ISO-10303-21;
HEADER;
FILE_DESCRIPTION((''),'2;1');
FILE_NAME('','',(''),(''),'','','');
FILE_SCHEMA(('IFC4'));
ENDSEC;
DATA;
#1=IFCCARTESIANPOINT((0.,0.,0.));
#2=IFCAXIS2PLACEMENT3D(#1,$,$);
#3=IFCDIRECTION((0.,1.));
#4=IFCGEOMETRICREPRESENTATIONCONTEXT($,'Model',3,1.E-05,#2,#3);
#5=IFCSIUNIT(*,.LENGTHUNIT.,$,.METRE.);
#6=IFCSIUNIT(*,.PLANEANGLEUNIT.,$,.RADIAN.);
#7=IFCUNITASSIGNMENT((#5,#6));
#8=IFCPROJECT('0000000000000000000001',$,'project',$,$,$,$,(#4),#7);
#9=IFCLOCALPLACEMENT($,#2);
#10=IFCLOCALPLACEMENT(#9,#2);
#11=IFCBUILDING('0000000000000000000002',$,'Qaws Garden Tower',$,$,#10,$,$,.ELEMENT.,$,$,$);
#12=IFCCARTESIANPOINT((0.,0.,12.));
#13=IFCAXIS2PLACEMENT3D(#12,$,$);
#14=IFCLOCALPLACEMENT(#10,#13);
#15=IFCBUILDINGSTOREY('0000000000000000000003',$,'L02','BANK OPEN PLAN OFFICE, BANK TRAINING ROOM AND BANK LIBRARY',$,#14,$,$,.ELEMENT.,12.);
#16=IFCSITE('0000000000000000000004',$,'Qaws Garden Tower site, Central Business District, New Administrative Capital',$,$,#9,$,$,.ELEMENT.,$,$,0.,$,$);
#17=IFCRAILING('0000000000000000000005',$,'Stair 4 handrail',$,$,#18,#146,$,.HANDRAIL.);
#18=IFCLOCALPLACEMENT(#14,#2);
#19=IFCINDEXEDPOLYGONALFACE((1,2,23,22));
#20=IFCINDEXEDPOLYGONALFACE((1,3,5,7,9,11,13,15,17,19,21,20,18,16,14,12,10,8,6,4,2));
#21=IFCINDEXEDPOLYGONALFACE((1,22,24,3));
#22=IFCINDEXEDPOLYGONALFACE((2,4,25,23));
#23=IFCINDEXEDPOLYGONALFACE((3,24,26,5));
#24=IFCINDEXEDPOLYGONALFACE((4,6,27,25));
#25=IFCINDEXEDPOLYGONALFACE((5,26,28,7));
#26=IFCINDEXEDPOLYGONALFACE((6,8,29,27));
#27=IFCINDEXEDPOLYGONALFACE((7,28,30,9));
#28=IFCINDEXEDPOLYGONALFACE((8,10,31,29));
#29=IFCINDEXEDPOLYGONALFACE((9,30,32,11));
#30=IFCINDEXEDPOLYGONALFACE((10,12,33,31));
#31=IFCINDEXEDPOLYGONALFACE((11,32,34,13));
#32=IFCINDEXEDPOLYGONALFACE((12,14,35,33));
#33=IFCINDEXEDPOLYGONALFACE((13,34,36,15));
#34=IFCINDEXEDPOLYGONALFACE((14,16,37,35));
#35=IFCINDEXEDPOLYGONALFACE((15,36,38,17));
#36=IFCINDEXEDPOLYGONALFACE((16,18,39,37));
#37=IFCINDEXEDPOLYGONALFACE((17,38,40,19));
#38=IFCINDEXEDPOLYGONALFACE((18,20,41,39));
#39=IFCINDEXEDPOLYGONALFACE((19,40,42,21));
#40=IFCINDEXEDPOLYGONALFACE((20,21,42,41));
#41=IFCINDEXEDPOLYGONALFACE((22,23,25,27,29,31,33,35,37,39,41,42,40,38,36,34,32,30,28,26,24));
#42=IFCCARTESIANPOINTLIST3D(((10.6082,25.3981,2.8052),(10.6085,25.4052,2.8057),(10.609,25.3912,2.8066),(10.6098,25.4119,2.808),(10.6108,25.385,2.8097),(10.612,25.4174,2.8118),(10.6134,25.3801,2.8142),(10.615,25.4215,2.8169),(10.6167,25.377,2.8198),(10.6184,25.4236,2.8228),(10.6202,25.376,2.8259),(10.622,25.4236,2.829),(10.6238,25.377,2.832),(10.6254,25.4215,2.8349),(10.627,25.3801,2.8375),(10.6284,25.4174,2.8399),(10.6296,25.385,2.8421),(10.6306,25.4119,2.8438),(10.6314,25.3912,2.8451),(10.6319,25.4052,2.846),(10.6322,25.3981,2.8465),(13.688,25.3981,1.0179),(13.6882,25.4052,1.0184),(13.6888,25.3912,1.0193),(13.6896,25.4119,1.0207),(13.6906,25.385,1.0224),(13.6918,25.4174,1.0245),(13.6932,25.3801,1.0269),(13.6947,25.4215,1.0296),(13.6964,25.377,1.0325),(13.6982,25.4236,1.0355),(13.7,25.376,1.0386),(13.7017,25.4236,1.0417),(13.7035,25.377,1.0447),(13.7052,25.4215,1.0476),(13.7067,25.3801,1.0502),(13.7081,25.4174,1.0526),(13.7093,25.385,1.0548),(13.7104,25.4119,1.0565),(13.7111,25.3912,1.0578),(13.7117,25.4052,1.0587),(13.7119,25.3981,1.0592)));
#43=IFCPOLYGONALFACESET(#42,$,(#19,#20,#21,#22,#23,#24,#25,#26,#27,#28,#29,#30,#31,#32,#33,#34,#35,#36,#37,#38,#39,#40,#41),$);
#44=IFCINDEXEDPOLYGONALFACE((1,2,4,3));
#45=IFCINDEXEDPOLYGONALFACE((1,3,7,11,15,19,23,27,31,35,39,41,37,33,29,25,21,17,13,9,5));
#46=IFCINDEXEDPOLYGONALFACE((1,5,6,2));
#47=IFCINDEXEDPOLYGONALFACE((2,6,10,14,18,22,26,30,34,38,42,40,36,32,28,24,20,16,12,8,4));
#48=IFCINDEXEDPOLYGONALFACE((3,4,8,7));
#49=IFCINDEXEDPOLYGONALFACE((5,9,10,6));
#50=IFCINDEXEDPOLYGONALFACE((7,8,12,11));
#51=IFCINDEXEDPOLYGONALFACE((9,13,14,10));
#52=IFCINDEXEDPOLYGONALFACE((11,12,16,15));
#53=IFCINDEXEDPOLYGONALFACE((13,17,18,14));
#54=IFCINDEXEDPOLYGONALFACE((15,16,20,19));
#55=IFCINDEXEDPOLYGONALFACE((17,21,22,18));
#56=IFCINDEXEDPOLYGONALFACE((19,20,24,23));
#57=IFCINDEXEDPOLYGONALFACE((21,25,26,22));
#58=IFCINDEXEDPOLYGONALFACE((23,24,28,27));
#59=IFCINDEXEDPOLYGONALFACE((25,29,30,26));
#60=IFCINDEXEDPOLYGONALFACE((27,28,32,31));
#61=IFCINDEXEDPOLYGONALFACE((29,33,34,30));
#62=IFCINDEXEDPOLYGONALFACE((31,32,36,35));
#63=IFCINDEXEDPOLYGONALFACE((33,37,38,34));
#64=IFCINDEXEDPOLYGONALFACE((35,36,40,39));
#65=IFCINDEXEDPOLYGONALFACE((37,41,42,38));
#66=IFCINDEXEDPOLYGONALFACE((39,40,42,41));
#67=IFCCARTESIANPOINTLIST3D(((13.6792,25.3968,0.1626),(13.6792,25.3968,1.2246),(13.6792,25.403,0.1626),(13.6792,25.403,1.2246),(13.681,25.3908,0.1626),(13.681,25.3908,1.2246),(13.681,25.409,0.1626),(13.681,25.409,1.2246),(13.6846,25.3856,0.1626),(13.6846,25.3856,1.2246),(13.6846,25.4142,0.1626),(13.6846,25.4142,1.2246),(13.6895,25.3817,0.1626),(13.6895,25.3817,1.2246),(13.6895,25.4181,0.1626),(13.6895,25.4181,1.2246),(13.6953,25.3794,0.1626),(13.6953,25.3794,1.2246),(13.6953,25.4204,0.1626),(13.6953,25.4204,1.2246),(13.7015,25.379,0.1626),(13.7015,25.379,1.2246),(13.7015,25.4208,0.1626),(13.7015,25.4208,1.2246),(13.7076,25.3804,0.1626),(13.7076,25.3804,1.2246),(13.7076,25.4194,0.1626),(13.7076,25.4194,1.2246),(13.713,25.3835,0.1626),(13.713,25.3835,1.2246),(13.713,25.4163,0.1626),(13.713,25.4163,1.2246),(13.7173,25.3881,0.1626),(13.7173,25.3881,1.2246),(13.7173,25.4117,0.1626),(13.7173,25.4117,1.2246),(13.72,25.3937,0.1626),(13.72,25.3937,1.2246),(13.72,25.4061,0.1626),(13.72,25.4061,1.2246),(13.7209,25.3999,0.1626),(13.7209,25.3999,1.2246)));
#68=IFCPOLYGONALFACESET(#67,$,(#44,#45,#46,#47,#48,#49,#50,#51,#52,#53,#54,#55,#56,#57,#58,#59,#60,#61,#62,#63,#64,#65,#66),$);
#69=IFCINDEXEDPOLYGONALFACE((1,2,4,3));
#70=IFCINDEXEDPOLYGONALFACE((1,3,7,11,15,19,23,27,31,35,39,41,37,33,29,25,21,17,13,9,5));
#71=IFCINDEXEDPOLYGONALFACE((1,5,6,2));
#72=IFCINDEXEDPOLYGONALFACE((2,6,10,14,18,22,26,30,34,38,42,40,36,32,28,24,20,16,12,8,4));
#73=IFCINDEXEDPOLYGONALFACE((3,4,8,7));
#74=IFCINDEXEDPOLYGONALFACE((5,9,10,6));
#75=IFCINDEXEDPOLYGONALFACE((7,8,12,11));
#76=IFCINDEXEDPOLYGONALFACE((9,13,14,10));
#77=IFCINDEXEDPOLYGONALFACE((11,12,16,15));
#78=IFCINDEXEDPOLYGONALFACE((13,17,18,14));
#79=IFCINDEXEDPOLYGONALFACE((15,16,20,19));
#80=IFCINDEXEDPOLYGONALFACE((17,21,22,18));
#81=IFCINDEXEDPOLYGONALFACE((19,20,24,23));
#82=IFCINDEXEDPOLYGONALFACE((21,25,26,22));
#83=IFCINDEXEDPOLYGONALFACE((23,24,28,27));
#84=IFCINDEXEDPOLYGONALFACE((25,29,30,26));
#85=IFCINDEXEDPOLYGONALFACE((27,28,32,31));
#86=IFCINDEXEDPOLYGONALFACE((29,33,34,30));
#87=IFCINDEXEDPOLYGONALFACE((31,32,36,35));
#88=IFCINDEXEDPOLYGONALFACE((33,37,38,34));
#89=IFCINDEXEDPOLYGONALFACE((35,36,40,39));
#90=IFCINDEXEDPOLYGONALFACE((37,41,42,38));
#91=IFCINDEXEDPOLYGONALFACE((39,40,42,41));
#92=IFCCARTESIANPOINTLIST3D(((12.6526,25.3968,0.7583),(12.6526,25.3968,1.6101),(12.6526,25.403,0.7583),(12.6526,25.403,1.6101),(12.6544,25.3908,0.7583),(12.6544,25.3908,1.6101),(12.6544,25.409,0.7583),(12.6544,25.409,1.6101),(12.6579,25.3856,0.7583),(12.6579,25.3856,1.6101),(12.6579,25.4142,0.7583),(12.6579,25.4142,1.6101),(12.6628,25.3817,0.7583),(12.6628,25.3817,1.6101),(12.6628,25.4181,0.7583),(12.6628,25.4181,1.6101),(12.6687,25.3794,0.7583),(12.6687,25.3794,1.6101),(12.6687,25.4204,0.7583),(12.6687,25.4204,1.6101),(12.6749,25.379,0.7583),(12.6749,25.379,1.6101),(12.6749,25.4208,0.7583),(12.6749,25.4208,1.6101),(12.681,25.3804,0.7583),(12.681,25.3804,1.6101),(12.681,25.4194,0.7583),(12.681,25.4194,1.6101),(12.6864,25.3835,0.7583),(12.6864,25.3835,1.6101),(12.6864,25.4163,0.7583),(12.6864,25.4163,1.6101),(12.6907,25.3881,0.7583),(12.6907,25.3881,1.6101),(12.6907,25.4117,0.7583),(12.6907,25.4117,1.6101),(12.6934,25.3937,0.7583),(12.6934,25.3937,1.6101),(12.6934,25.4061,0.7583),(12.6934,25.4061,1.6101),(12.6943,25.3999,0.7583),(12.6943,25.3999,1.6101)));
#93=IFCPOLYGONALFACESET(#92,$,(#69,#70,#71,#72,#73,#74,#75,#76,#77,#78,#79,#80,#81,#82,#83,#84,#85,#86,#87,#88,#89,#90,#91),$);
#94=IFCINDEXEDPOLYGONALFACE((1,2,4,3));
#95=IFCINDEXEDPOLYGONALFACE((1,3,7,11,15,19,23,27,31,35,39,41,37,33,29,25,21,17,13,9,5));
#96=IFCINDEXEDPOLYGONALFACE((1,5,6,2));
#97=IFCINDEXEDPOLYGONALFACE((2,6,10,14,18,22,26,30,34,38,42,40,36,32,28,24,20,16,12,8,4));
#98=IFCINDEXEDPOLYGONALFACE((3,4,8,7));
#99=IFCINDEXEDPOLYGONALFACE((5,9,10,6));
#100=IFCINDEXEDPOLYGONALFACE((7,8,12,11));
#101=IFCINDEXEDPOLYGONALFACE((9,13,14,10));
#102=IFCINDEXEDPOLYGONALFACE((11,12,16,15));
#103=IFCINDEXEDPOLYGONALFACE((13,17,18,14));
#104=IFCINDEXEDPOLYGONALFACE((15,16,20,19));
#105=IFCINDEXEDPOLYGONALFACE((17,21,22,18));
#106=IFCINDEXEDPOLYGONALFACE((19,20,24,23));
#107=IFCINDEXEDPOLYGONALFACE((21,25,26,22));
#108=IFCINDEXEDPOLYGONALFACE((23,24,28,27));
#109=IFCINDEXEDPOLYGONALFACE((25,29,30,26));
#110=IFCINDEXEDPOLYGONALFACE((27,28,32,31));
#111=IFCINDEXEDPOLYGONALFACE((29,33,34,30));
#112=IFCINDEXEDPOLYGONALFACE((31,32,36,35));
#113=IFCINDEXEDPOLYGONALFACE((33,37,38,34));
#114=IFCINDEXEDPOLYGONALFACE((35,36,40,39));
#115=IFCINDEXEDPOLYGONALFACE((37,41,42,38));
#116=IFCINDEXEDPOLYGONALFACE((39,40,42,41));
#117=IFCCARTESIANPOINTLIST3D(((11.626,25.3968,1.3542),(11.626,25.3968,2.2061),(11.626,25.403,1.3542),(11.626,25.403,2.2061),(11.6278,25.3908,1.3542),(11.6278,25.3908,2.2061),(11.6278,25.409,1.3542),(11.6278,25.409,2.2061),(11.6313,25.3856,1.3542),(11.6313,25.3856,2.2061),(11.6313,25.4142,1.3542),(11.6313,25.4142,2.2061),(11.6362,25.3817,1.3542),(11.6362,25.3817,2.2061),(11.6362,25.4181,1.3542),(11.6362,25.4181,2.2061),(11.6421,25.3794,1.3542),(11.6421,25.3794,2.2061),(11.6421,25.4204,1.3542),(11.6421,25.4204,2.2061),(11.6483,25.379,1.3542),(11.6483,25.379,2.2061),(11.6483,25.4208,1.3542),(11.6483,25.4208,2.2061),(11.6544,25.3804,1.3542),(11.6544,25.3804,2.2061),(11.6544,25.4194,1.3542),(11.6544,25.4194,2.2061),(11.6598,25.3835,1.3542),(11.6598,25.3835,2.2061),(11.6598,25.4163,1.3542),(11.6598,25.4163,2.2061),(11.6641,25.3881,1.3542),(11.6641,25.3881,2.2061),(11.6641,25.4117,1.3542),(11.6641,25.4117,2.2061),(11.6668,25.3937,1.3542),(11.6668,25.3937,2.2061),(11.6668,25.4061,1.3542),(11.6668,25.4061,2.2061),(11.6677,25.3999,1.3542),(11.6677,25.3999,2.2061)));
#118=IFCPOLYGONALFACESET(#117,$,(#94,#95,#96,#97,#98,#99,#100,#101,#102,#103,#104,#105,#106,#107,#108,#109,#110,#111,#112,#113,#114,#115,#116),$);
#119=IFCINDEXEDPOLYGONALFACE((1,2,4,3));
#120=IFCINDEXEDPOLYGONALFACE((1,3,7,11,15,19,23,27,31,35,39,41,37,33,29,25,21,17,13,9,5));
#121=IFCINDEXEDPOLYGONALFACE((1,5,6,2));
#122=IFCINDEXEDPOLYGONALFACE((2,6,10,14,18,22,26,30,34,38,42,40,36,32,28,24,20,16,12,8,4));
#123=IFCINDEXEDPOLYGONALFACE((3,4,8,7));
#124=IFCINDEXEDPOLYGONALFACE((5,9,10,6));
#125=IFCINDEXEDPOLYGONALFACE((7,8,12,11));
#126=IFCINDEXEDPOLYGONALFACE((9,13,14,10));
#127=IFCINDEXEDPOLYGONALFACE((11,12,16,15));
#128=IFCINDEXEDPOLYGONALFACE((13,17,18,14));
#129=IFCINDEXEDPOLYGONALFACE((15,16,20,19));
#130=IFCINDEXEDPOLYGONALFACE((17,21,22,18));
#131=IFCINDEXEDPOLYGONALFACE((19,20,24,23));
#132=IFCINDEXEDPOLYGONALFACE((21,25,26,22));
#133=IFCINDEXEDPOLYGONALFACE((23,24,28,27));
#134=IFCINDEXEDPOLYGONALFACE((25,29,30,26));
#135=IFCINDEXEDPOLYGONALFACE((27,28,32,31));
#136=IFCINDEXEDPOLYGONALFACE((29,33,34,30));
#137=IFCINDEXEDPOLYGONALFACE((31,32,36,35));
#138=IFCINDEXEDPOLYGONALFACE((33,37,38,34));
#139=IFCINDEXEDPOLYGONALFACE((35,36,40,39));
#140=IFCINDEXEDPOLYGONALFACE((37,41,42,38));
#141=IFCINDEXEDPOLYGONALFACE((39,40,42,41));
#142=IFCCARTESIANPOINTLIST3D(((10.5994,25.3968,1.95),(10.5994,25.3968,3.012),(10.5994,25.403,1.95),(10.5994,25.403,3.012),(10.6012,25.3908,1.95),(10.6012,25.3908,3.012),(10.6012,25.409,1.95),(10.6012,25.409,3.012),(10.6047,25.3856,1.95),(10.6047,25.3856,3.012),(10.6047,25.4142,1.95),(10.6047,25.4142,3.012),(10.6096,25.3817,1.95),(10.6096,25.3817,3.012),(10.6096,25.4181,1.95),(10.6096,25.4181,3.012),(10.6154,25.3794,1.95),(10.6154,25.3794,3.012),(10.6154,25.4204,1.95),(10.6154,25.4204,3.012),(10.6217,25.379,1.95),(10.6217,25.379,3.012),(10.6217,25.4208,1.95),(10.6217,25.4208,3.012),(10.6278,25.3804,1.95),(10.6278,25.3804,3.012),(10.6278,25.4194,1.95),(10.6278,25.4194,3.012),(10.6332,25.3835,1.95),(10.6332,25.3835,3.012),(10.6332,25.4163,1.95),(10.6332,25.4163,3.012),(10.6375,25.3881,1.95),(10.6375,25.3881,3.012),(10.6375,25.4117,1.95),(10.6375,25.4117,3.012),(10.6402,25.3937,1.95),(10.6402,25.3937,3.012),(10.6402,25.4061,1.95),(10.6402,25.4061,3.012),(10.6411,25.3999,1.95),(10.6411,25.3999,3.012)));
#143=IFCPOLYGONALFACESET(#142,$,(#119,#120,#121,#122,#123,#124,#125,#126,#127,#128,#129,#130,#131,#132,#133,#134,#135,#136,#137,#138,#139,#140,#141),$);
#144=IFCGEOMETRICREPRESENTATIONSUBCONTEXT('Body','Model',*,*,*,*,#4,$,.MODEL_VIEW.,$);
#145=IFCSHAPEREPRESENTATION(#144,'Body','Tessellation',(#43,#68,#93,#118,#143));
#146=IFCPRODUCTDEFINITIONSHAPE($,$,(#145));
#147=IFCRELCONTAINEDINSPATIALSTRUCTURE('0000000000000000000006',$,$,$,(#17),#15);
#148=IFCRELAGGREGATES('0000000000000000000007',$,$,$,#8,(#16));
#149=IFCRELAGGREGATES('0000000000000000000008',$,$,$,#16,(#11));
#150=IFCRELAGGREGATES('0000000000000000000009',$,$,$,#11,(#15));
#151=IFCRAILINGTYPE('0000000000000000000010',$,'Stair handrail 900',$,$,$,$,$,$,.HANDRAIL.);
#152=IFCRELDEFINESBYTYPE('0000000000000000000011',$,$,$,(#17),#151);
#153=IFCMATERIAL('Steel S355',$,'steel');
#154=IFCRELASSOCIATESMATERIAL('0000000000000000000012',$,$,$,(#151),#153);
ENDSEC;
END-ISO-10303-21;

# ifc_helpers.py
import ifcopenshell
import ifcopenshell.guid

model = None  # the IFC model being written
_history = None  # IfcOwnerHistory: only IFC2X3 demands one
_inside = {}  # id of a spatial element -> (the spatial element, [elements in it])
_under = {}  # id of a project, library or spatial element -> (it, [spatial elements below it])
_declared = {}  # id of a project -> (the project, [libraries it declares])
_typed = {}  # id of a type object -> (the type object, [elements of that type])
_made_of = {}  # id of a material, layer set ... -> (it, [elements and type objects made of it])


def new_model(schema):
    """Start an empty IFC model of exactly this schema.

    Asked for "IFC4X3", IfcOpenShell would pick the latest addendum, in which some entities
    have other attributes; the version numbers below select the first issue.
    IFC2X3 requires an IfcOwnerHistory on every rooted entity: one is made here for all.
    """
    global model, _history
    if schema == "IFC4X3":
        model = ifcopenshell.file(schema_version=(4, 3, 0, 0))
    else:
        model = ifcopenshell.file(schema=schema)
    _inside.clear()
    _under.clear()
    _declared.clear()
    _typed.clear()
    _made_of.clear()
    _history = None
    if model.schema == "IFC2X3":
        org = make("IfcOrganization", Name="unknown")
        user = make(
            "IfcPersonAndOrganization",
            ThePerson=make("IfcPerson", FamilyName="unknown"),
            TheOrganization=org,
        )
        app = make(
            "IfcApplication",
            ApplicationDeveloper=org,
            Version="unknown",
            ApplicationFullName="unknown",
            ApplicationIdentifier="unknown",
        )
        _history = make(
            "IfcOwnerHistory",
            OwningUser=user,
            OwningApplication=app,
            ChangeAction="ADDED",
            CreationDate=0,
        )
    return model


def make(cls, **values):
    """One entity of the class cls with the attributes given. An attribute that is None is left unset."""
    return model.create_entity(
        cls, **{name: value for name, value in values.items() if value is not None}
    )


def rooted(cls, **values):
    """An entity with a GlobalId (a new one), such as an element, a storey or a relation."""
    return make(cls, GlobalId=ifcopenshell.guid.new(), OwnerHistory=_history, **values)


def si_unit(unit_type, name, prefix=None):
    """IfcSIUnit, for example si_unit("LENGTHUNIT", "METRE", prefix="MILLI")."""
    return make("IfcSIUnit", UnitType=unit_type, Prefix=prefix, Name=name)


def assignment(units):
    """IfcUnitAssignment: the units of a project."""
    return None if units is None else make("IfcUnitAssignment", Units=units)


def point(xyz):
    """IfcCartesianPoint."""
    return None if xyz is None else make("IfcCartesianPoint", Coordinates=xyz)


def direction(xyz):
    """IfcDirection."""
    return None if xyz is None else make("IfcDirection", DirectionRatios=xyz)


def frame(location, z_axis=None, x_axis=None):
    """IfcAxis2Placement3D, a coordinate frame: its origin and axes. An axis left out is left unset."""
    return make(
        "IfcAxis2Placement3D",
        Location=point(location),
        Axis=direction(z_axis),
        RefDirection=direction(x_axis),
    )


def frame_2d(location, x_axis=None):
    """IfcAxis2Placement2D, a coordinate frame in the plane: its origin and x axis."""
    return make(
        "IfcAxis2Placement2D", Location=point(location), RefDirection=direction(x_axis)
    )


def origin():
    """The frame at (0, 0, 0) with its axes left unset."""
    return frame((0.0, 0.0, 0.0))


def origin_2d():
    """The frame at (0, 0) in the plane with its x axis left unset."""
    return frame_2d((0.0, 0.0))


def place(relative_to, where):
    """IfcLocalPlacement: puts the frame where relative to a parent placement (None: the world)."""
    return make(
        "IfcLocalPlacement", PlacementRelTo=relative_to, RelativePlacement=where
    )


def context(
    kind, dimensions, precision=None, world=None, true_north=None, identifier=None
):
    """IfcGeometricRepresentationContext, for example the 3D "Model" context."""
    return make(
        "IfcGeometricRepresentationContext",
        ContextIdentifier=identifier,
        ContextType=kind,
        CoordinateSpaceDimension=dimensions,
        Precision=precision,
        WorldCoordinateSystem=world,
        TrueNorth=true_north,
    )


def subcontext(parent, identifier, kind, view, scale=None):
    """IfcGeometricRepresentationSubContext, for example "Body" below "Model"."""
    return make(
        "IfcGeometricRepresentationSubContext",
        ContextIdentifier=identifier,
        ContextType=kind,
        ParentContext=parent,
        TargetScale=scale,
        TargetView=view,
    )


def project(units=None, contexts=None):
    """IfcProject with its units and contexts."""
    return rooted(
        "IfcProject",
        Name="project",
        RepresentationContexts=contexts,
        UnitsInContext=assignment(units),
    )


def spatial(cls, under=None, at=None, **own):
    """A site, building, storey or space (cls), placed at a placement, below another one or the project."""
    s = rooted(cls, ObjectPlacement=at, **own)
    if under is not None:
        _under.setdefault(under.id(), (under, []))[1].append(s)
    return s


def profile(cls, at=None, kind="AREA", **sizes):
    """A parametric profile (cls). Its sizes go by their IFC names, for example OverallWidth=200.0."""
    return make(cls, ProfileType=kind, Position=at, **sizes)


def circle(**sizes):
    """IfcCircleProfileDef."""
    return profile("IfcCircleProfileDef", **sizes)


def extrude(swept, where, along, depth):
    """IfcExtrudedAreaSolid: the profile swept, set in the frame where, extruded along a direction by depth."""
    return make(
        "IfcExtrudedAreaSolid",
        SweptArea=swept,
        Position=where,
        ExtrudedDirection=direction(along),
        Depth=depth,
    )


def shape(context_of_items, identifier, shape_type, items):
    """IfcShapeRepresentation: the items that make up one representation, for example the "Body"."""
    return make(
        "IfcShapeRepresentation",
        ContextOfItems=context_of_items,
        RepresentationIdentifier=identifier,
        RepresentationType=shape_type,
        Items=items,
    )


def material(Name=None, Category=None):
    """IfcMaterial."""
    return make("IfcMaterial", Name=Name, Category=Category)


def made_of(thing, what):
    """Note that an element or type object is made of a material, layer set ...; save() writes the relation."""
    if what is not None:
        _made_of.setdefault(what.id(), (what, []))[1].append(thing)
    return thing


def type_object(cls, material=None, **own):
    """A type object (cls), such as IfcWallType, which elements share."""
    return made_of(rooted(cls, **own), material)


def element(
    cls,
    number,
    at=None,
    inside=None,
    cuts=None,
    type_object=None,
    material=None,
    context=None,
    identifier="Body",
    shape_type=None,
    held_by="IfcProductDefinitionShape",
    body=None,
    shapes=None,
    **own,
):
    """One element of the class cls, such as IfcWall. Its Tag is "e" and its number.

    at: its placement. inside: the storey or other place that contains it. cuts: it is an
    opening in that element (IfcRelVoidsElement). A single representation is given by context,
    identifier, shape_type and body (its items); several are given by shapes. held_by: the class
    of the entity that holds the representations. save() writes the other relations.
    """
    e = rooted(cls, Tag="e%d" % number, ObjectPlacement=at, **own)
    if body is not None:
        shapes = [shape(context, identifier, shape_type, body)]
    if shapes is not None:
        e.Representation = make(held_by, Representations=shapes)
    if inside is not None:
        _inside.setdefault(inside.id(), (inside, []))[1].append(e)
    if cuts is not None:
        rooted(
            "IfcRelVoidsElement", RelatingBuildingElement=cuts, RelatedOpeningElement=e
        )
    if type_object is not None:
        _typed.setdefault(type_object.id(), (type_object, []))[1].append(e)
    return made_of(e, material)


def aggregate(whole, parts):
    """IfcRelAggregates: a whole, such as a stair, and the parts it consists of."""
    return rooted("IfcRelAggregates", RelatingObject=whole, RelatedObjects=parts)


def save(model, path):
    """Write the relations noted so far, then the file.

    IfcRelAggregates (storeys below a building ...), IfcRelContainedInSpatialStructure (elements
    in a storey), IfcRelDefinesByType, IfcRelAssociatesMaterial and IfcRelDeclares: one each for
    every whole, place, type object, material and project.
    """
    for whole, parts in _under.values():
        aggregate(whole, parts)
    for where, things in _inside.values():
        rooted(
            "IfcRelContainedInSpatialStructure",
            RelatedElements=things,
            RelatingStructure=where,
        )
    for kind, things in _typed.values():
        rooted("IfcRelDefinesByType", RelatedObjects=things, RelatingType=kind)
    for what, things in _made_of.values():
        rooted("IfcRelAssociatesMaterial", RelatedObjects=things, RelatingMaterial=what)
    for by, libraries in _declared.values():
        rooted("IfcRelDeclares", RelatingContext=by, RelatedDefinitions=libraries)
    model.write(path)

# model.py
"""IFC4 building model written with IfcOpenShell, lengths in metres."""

from ifc_helpers import new_model, si_unit, direction, frame, origin, origin_2d, place, context, subcontext, project, spatial, circle, extrude, material, type_object, element, save


model = new_model("IFC4")

# Units and contexts
model_context = context("Model", 3, precision=1e-05, world=origin(), true_north=direction((0.0, 1.0)))
body_context = subcontext(model_context, "Body", "Model", "MODEL_VIEW")
ifc_project = project(units=[si_unit("LENGTHUNIT", "METRE"), si_unit("PLANEANGLEUNIT", "RADIAN")], contexts=[model_context])

# Site, building, storey
site_placement = place(None, origin())
site = spatial("IfcSite", under=ifc_project, at=site_placement, Name="Qaws Garden Tower site, Central Business District, New Administrative Capital", CompositionType="ELEMENT", RefElevation=0.0)
building_placement = place(site_placement, origin())
building = spatial("IfcBuilding", under=site, at=building_placement, Name="Qaws Garden Tower", CompositionType="ELEMENT")
storey_placement = place(building_placement, frame((0.0, 0.0, 12.0)))
storey = spatial("IfcBuildingStorey", under=building, at=storey_placement, Name="L02", Description="BANK OPEN PLAN OFFICE, BANK TRAINING ROOM AND BANK LIBRARY", CompositionType="ELEMENT", Elevation=12.0)

# Railing
ifc_material_1 = material(Name="Steel S355", Category="steel")
railing_type = type_object("IfcRailingType", Name="Stair handrail 900", PredefinedType="HANDRAIL", material=ifc_material_1)
railing_1_placement = place(storey_placement, frame((13.7, 25.3999, 0.1626)))
element("IfcRailing", 1, at=railing_1_placement, inside=storey, type_object=railing_type, Name="Stair 4 handrail", PredefinedType="HANDRAIL", context=body_context, shape_type="SweptSolid", body=[
    extrude(circle(Radius=0.0239, at=origin_2d()), frame((0.0, 0.0, 0.876), z_axis=(-0.864903, 0.0, 0.501939), x_axis=(0.0, -1.0, 0.0)), (0.0, 0.0, 1.0), 3.5608),
    extrude(circle(Radius=0.021, at=origin_2d()), origin(), (0.0, 0.0, 1.0), 1.062),
    extrude(circle(Radius=0.021, at=origin_2d()), frame((-1.0266, 0.0, 0.5957)), (0.0, 0.0, 1.0), 0.8518),
    extrude(circle(Radius=0.021, at=origin_2d()), frame((-2.0532, 0.0, 1.1917)), (0.0, 0.0, 1.0), 0.8518),
    extrude(circle(Radius=0.021, at=origin_2d()), frame((-3.0798, 0.0, 1.7874)), (0.0, 0.0, 1.0), 1.062),
])

save(model, "model.ifc")
